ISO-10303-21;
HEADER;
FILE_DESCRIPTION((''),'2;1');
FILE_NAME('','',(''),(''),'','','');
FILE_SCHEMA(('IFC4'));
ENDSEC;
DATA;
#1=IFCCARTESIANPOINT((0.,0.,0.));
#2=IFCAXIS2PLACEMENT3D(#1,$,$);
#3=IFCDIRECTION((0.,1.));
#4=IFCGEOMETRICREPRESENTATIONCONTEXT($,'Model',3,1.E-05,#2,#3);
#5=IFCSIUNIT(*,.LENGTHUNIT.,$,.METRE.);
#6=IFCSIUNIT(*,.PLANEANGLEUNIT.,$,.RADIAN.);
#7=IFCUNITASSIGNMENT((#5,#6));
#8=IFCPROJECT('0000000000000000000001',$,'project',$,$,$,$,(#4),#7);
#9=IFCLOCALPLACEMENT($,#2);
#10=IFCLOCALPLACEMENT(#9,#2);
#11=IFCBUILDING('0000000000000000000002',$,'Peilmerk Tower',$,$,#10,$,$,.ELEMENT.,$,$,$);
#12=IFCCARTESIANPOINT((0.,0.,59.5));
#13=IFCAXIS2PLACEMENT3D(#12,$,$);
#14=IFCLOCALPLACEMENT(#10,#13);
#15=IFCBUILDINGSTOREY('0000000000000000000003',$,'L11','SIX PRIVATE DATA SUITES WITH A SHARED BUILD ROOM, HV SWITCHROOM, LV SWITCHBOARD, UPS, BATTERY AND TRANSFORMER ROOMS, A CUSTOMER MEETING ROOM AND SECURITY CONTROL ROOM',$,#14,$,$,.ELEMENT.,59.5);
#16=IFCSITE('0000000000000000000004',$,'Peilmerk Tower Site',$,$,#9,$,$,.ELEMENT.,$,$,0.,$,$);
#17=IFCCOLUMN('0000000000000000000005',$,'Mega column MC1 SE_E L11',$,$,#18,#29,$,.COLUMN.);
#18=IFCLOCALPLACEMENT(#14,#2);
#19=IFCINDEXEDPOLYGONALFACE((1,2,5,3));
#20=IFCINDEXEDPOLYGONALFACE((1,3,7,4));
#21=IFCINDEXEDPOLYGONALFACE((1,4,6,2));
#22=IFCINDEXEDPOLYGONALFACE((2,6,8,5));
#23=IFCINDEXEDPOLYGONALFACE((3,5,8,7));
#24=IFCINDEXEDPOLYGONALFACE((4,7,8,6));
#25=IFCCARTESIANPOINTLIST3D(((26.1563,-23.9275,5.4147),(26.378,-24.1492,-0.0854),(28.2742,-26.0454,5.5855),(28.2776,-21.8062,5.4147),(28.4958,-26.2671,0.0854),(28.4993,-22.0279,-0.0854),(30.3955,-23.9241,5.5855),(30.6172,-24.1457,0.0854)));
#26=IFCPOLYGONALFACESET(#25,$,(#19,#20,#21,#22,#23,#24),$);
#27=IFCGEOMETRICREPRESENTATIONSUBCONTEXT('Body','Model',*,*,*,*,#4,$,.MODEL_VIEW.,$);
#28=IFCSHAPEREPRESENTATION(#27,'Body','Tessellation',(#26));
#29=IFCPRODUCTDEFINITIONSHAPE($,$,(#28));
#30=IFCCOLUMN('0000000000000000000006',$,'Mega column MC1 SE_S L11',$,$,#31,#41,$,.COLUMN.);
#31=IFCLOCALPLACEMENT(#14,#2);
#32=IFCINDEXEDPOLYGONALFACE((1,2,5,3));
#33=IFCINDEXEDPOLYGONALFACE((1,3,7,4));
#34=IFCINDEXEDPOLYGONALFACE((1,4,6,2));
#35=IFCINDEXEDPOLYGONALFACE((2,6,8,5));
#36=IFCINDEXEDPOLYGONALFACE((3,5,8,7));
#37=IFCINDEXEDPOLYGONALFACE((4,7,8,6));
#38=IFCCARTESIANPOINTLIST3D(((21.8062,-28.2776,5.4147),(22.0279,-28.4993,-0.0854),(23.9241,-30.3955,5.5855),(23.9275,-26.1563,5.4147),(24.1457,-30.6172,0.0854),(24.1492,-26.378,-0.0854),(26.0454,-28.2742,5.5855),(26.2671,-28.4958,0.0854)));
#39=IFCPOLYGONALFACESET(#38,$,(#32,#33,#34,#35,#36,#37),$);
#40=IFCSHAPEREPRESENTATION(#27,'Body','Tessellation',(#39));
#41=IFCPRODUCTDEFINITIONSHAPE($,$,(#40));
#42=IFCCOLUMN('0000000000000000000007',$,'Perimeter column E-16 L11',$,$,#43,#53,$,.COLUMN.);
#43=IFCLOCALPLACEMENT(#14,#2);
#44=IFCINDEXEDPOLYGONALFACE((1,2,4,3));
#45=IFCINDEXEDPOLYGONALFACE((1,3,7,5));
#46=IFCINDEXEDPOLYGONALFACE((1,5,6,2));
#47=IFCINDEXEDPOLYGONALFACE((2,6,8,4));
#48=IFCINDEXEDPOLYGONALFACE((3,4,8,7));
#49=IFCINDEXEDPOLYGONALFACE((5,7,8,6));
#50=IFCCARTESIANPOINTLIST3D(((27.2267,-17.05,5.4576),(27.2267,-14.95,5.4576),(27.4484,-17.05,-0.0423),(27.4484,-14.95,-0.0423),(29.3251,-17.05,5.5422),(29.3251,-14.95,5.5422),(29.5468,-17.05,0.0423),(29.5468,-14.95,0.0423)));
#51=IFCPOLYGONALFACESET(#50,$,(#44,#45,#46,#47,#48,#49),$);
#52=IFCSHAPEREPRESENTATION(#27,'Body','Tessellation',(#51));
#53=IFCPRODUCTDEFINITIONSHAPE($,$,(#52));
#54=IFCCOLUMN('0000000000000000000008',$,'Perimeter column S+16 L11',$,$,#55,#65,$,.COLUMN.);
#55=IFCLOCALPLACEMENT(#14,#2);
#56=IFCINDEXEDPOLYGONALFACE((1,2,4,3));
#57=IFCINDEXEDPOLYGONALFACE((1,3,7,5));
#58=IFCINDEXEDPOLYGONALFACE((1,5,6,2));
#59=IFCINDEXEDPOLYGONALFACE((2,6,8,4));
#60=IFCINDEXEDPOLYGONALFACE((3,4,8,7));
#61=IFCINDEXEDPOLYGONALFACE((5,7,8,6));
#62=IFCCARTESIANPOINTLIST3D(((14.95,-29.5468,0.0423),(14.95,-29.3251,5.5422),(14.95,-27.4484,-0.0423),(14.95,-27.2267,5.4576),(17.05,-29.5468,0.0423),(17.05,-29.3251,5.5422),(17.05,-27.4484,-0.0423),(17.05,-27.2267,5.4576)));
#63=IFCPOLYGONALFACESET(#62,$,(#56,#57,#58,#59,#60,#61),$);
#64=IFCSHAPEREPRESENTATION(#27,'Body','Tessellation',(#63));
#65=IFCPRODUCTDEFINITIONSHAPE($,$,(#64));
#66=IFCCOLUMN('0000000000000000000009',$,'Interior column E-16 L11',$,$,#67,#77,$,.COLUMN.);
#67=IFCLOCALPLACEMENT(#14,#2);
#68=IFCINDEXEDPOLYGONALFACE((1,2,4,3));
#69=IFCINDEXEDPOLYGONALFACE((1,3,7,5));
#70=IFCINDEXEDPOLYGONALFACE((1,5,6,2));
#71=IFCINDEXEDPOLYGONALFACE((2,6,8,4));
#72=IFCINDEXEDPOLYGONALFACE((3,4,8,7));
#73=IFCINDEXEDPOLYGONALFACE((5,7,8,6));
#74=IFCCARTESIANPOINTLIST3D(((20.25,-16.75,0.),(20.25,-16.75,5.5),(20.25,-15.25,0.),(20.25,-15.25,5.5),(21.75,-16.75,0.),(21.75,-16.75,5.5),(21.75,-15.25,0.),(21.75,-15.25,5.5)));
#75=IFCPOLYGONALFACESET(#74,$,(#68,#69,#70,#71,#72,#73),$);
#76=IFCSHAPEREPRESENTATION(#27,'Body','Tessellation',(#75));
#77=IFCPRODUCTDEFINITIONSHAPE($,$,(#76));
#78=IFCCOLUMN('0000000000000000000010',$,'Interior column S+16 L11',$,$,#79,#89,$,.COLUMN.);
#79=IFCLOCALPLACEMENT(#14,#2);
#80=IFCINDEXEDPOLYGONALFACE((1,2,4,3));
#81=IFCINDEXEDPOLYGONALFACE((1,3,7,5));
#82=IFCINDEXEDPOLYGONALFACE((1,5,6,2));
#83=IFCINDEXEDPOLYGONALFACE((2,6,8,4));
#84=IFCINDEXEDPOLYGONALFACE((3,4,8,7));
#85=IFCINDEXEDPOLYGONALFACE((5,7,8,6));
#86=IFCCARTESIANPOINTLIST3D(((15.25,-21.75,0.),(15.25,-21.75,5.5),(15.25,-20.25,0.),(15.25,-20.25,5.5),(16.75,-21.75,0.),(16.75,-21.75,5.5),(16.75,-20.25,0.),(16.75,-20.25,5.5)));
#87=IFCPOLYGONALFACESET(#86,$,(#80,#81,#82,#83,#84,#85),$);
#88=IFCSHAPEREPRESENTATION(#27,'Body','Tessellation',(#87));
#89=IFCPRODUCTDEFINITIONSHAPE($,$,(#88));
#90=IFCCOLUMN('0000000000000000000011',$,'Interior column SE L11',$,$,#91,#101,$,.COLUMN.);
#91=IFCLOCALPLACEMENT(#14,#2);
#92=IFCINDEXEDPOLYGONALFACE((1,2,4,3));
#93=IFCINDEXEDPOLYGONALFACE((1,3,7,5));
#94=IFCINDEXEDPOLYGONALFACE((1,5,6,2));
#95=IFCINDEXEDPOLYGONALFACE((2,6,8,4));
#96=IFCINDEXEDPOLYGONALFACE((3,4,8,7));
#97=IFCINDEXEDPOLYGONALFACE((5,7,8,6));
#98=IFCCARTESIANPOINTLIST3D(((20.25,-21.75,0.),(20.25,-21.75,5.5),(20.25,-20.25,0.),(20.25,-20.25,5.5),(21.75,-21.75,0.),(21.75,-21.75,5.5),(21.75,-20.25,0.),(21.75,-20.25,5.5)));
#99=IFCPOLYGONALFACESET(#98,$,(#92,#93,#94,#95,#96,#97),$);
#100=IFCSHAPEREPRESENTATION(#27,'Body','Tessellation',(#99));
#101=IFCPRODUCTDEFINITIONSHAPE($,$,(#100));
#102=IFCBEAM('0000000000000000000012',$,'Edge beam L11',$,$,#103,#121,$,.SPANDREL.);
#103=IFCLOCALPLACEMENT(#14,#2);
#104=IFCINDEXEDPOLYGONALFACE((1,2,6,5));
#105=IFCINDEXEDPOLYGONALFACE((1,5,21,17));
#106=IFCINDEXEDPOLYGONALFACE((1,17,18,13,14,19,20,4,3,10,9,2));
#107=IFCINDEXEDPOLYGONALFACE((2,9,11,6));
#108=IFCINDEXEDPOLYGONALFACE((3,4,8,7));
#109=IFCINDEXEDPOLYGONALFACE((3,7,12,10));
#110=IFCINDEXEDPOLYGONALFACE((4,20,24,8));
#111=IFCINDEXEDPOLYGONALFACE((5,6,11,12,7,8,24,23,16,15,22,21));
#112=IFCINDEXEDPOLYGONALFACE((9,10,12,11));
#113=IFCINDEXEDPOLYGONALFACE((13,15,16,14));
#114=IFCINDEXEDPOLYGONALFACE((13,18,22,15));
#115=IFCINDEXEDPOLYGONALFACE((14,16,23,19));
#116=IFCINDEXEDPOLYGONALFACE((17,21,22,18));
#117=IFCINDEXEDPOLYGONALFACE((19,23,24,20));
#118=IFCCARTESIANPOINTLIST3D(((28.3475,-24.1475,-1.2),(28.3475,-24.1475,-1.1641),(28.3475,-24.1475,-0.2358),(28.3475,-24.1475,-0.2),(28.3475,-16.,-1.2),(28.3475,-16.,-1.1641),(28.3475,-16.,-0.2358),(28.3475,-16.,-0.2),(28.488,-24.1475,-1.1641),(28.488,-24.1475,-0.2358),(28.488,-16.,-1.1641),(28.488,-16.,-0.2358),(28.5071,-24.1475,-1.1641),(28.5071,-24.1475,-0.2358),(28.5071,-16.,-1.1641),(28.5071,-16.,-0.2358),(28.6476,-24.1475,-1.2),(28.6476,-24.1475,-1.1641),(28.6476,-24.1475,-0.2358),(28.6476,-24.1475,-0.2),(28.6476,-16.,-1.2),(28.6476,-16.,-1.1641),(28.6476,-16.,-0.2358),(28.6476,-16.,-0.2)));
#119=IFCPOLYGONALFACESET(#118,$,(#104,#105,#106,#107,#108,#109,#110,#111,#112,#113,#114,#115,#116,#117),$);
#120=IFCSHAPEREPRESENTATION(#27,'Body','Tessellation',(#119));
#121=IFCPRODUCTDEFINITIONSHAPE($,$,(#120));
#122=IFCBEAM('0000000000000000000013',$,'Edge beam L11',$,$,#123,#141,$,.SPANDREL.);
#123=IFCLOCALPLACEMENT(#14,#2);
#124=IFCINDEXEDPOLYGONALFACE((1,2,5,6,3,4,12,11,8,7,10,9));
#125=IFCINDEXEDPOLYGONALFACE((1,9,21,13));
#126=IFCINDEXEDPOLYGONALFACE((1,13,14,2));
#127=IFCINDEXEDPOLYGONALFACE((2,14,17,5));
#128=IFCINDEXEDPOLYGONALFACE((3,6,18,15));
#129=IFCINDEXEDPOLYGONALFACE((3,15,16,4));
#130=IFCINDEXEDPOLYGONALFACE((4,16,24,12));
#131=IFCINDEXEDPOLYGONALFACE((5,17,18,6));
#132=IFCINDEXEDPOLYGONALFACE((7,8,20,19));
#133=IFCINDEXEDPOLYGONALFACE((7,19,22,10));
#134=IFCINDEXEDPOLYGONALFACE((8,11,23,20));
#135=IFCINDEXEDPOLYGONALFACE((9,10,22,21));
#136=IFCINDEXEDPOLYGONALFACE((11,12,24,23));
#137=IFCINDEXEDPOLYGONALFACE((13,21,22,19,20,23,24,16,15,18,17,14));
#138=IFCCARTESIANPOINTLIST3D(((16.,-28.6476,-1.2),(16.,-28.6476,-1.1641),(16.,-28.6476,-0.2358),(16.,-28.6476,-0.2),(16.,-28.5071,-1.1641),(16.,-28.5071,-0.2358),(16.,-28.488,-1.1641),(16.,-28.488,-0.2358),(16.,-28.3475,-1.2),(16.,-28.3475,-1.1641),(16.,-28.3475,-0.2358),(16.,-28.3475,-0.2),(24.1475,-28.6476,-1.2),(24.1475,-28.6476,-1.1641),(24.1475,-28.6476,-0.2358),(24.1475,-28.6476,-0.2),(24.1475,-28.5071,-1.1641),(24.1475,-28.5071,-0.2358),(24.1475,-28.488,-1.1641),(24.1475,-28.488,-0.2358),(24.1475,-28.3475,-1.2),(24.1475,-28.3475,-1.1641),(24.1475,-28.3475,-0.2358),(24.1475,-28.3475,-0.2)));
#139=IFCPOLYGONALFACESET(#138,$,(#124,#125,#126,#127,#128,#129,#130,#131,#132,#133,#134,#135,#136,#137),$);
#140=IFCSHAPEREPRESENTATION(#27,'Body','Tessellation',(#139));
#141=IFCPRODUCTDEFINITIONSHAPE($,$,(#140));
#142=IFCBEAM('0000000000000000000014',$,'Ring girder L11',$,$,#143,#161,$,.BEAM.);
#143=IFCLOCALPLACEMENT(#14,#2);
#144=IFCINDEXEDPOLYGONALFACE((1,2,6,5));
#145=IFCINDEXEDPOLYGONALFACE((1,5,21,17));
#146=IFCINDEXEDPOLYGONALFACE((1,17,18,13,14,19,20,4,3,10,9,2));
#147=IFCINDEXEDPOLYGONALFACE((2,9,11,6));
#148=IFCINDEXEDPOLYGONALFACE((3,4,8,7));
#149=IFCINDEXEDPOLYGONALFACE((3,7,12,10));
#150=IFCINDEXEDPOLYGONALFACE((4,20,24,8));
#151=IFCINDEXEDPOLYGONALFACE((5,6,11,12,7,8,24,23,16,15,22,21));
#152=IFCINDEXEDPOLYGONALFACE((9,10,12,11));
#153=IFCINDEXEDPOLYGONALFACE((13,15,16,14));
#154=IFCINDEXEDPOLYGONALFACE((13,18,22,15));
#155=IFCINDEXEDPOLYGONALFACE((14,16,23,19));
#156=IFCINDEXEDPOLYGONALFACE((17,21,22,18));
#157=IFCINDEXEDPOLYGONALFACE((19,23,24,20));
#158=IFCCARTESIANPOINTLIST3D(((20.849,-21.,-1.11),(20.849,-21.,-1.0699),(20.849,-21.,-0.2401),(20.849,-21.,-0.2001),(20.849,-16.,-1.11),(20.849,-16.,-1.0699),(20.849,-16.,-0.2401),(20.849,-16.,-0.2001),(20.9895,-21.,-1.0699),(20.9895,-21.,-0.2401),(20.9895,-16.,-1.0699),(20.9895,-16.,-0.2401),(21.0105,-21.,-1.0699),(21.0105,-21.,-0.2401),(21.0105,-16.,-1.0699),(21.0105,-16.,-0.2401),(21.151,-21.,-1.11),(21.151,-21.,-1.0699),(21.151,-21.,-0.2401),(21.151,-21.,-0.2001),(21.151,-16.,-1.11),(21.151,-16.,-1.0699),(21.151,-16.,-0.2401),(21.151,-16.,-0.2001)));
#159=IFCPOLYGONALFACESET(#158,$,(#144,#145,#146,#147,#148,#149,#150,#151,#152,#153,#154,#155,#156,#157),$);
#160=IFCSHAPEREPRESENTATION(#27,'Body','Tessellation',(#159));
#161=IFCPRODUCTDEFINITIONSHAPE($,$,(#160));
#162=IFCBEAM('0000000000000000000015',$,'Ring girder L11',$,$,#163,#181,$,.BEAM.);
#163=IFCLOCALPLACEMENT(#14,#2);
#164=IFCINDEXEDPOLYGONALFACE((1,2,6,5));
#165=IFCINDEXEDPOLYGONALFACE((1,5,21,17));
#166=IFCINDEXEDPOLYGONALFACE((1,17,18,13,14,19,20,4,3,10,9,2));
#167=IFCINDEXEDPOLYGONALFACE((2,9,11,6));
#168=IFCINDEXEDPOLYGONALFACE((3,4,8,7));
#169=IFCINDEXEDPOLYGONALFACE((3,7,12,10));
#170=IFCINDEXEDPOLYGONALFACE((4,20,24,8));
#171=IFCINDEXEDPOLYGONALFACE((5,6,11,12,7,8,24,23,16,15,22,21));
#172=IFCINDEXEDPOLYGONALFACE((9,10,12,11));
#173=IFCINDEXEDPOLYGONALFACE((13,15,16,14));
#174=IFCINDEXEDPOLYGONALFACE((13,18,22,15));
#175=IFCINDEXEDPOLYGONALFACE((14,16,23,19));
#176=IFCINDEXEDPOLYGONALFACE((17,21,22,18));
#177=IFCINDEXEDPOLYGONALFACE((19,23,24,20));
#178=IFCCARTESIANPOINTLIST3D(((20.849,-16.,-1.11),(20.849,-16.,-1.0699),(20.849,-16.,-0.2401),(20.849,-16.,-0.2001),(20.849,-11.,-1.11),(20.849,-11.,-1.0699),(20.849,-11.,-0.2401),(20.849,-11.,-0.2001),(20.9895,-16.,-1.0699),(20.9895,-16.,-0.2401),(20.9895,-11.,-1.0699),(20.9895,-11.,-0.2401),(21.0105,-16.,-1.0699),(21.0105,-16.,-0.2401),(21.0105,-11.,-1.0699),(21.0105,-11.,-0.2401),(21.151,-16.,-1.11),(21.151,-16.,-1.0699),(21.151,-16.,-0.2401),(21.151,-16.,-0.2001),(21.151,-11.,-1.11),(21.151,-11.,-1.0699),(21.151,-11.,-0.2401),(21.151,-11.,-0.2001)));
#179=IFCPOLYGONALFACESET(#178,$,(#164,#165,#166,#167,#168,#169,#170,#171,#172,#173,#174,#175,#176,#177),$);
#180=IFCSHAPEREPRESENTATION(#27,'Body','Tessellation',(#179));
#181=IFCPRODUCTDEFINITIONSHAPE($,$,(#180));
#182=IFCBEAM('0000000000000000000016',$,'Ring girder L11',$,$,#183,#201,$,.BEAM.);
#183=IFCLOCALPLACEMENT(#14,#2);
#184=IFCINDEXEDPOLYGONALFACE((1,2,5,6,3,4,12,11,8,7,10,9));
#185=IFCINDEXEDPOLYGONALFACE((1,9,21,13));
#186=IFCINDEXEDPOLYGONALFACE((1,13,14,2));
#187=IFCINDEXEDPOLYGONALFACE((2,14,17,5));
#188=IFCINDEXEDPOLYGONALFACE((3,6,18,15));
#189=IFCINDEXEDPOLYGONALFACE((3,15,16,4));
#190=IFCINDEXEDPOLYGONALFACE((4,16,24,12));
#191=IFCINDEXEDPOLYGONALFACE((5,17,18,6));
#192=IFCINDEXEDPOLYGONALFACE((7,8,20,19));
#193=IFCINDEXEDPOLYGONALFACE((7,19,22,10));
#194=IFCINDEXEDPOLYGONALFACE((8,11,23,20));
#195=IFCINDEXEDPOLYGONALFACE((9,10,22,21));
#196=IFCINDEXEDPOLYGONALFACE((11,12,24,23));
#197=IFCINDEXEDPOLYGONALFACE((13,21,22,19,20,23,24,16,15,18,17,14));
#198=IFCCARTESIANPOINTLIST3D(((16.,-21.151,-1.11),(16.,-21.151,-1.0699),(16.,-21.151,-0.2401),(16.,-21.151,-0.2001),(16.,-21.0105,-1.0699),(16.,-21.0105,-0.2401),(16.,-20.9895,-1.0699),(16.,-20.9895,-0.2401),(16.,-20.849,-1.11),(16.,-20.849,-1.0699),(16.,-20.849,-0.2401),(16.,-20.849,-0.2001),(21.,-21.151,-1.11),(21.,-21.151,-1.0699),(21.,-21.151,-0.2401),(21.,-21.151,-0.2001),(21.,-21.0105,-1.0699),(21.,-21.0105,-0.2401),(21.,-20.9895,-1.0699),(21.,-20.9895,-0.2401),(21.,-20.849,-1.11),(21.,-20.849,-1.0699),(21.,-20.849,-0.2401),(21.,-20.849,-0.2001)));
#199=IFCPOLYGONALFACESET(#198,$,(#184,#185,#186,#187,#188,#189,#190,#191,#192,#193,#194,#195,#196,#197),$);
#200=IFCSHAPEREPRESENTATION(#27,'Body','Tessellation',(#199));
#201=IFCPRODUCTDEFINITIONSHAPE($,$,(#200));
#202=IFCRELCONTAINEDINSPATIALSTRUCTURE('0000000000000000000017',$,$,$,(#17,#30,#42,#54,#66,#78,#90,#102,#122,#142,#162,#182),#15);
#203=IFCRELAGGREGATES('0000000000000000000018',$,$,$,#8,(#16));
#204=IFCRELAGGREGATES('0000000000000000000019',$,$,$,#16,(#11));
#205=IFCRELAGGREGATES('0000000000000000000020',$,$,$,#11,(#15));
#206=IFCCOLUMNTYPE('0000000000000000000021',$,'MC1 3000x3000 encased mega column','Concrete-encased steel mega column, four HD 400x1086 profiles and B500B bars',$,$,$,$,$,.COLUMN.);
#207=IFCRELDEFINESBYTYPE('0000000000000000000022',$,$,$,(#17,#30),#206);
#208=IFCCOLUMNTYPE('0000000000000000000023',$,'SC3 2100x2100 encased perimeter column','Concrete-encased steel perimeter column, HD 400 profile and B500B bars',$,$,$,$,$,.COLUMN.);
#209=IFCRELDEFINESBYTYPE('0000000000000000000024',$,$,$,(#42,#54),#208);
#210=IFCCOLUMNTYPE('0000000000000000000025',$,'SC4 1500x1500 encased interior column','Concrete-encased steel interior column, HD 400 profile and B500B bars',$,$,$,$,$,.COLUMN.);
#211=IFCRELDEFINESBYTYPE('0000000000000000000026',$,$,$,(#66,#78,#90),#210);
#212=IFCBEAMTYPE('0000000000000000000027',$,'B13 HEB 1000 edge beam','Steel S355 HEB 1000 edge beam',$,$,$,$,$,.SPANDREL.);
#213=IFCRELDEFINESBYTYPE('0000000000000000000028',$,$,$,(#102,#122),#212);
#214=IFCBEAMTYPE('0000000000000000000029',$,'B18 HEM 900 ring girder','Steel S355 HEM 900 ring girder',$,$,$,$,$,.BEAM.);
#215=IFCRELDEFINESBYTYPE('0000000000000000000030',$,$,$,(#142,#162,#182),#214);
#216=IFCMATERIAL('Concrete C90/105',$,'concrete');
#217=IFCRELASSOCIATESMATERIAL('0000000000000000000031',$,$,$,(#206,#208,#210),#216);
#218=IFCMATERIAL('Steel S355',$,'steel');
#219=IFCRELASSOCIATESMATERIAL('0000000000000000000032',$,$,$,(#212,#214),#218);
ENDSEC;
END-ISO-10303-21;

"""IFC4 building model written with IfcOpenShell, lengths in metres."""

from ifc_helpers import new_model, si_unit, direction, frame, origin, origin_2d, place, context, subcontext, project, spatial, rectangle, i_section, extrude, material, material_profile, profile_set, type_object, element, save


model = new_model("IFC4")

# Units and contexts
model_context = context("Model", 3, precision=1e-05, world=origin(), true_north=direction((0.0, 1.0)))
body_context = subcontext(model_context, "Body", "Model", "MODEL_VIEW")
ifc_project = project(units=[si_unit("LENGTHUNIT", "METRE"), si_unit("PLANEANGLEUNIT", "RADIAN")], contexts=[model_context])

# Site, building, storey
site_placement = place(None, origin())
site = spatial("IfcSite", under=ifc_project, at=site_placement, Name="Peilmerk Tower Site", CompositionType="ELEMENT", RefElevation=0.0)
building_placement = place(site_placement, origin())
building = spatial("IfcBuilding", under=site, at=building_placement, Name="Peilmerk Tower", CompositionType="ELEMENT")
storey_placement = place(building_placement, frame((0.0, 0.0, 59.5)))
storey = spatial("IfcBuildingStorey", under=building, at=storey_placement, Name="L11", Description="SIX PRIVATE DATA SUITES WITH A SHARED BUILD ROOM, HV SWITCHROOM, LV SWITCHBOARD, UPS, BATTERY AND TRANSFORMER ROOMS, A CUSTOMER MEETING ROOM AND SECURITY CONTROL ROOM", CompositionType="ELEMENT", Elevation=59.5)

# Columns
ifc_material_1 = material(Name="Concrete C90/105", Category="concrete")
ifc_material_profile_1 = material_profile(ifc_material_1, rectangle(XDim=3.0, YDim=3.0, at=origin_2d()), Name="RC 3000x3000")
ifc_profile_set_1 = profile_set([ifc_material_profile_1], Name="Concrete C90/105")
column_type_1 = type_object("IfcColumnType", Name="MC1 3000x3000 encased mega column", Description="Concrete-encased steel mega column, four HD 400x1086 profiles and B500B bars", PredefinedType="COLUMN", material=ifc_profile_set_1)
for number, where, z_axis, x_axis, name in (
    (1, (28.4976, -24.1475, 0.0), (-0.04024, 0.04024, 0.998379), (-0.707107, -0.707107, 0.0), "Mega column MC1 SE_E L11"),
    (2, (24.1475, -28.4976, 0.0), (-0.04024, 0.04024, 0.998379), (-0.707107, -0.707107, 0.0), "Mega column MC1 SE_S L11"),
):
    element("IfcColumn", number, at=place(storey_placement, frame(where, z_axis=z_axis, x_axis=x_axis)), inside=storey, type_object=column_type_1, Name=name, PredefinedType="COLUMN", context=body_context, shape_type="SweptSolid", body=[
        extrude(rectangle(XDim=3.0, YDim=3.0, at=origin_2d()), origin(), (0.0, 0.0, 1.0), 5.509),
    ])
ifc_material_profile_2 = material_profile(ifc_material_1, rectangle(XDim=2.1001, YDim=2.1001, at=origin_2d()), Name="RC 2100x2100")
ifc_profile_set_2 = profile_set([ifc_material_profile_2], Name="Concrete C90/105")
column_type_2 = type_object("IfcColumnType", Name="SC3 2100x2100 encased perimeter column", Description="Concrete-encased steel perimeter column, HD 400 profile and B500B bars", PredefinedType="COLUMN", material=ifc_profile_set_2)
for number, where, z_axis, x_axis, name in (
    (3, (28.4976, -16.0, 0.0), (-0.040273, 0.0, 0.999189), (0.0, -1.0, 0.0), "Perimeter column E-16 L11"),
    (4, (16.0, -28.4976, 0.0), (0.0, 0.040273, 0.999189), (-1.0, 0.0, 0.0), "Perimeter column S+16 L11"),
):
    element("IfcColumn", number, at=place(storey_placement, frame(where, z_axis=z_axis, x_axis=x_axis)), inside=storey, type_object=column_type_2, Name=name, PredefinedType="COLUMN", context=body_context, shape_type="SweptSolid", body=[
        extrude(rectangle(XDim=2.1001, YDim=2.1001, at=origin_2d()), origin(), (0.0, 0.0, 1.0), 5.5044),
    ])
ifc_material_profile_3 = material_profile(ifc_material_1, rectangle(XDim=1.5, YDim=1.5, at=origin_2d()), Name="RC 1500x1500")
ifc_profile_set_3 = profile_set([ifc_material_profile_3], Name="Concrete C90/105")
column_type_3 = type_object("IfcColumnType", Name="SC4 1500x1500 encased interior column", Description="Concrete-encased steel interior column, HD 400 profile and B500B bars", PredefinedType="COLUMN", material=ifc_profile_set_3)
for number, where, z_axis, x_axis, name in (
    (5, (21.0, -16.0, 0.0), (0.0, 0.0, 1.0), (1.0, 0.0, 0.0), "Interior column E-16 L11"),
    (6, (16.0, -21.0, 0.0), (0.0, 0.0, 1.0), (1.0, 0.0, 0.0), "Interior column S+16 L11"),
    (7, (21.0, -21.0, 0.0), (0.0, 0.0, 1.0), (1.0, 0.0, 0.0), "Interior column SE L11"),
):
    element("IfcColumn", number, at=place(storey_placement, frame(where, z_axis=z_axis, x_axis=x_axis)), inside=storey, type_object=column_type_3, Name=name, PredefinedType="COLUMN", context=body_context, shape_type="SweptSolid", body=[
        extrude(rectangle(XDim=1.5, YDim=1.5, at=origin_2d()), origin(), (0.0, 0.0, 1.0), 5.5),
    ])

# Beams
ifc_material_2 = material(Name="Steel S355", Category="steel")
ifc_material_profile_4 = material_profile(ifc_material_2, i_section(OverallWidth=0.3, OverallDepth=1.0, WebThickness=0.019, FlangeThickness=0.0359, at=origin_2d()), Name="HEB 1000")
ifc_profile_set_4 = profile_set([ifc_material_profile_4], Name="Steel S355")
beam_type_1 = type_object("IfcBeamType", Name="B13 HEB 1000 edge beam", Description="Steel S355 HEB 1000 edge beam", PredefinedType="SPANDREL", material=ifc_profile_set_4)
for number, where, z_axis, x_axis, name in (
    (8, (28.4976, -24.1475, -0.7), (0.0, 1.0, 0.0), (-1.0, 0.0, 0.0), "Edge beam L11"),
    (9, (16.0, -28.4976, -0.7), (1.0, 0.0, 0.0), (0.0, 1.0, 0.0), "Edge beam L11"),
):
    element("IfcBeam", number, at=place(storey_placement, frame(where, z_axis=z_axis, x_axis=x_axis)), inside=storey, type_object=beam_type_1, Name=name, PredefinedType="SPANDREL", context=body_context, shape_type="SweptSolid", body=[
        extrude(i_section(OverallWidth=0.3, OverallDepth=1.0, WebThickness=0.019, FlangeThickness=0.0359, at=origin_2d()), origin(), (0.0, 0.0, 1.0), 8.1475),
    ])
ifc_material_profile_5 = material_profile(ifc_material_2, i_section(OverallWidth=0.302, OverallDepth=0.9099, WebThickness=0.021, FlangeThickness=0.04, at=origin_2d()), Name="HEM 900")
ifc_profile_set_5 = profile_set([ifc_material_profile_5], Name="Steel S355")
beam_type_2 = type_object("IfcBeamType", Name="B18 HEM 900 ring girder", Description="Steel S355 HEM 900 ring girder", PredefinedType="BEAM", material=ifc_profile_set_5)
for number, where, z_axis, x_axis, name in (
    (10, (21.0, -21.0, -0.655), (0.0, 1.0, 0.0), (-1.0, 0.0, 0.0), "Ring girder L11"),
    (11, (21.0, -16.0, -0.655), (0.0, 1.0, 0.0), (-1.0, 0.0, 0.0), "Ring girder L11"),
    (12, (16.0, -21.0, -0.655), (1.0, 0.0, 0.0), (0.0, 1.0, 0.0), "Ring girder L11"),
):
    element("IfcBeam", number, at=place(storey_placement, frame(where, z_axis=z_axis, x_axis=x_axis)), inside=storey, type_object=beam_type_2, Name=name, PredefinedType="BEAM", context=body_context, shape_type="SweptSolid", body=[
        extrude(i_section(OverallWidth=0.302, OverallDepth=0.9099, WebThickness=0.021, FlangeThickness=0.04, at=origin_2d()), origin(), (0.0, 0.0, 1.0), 5.0),
    ])

save(model, "model.ifc")
